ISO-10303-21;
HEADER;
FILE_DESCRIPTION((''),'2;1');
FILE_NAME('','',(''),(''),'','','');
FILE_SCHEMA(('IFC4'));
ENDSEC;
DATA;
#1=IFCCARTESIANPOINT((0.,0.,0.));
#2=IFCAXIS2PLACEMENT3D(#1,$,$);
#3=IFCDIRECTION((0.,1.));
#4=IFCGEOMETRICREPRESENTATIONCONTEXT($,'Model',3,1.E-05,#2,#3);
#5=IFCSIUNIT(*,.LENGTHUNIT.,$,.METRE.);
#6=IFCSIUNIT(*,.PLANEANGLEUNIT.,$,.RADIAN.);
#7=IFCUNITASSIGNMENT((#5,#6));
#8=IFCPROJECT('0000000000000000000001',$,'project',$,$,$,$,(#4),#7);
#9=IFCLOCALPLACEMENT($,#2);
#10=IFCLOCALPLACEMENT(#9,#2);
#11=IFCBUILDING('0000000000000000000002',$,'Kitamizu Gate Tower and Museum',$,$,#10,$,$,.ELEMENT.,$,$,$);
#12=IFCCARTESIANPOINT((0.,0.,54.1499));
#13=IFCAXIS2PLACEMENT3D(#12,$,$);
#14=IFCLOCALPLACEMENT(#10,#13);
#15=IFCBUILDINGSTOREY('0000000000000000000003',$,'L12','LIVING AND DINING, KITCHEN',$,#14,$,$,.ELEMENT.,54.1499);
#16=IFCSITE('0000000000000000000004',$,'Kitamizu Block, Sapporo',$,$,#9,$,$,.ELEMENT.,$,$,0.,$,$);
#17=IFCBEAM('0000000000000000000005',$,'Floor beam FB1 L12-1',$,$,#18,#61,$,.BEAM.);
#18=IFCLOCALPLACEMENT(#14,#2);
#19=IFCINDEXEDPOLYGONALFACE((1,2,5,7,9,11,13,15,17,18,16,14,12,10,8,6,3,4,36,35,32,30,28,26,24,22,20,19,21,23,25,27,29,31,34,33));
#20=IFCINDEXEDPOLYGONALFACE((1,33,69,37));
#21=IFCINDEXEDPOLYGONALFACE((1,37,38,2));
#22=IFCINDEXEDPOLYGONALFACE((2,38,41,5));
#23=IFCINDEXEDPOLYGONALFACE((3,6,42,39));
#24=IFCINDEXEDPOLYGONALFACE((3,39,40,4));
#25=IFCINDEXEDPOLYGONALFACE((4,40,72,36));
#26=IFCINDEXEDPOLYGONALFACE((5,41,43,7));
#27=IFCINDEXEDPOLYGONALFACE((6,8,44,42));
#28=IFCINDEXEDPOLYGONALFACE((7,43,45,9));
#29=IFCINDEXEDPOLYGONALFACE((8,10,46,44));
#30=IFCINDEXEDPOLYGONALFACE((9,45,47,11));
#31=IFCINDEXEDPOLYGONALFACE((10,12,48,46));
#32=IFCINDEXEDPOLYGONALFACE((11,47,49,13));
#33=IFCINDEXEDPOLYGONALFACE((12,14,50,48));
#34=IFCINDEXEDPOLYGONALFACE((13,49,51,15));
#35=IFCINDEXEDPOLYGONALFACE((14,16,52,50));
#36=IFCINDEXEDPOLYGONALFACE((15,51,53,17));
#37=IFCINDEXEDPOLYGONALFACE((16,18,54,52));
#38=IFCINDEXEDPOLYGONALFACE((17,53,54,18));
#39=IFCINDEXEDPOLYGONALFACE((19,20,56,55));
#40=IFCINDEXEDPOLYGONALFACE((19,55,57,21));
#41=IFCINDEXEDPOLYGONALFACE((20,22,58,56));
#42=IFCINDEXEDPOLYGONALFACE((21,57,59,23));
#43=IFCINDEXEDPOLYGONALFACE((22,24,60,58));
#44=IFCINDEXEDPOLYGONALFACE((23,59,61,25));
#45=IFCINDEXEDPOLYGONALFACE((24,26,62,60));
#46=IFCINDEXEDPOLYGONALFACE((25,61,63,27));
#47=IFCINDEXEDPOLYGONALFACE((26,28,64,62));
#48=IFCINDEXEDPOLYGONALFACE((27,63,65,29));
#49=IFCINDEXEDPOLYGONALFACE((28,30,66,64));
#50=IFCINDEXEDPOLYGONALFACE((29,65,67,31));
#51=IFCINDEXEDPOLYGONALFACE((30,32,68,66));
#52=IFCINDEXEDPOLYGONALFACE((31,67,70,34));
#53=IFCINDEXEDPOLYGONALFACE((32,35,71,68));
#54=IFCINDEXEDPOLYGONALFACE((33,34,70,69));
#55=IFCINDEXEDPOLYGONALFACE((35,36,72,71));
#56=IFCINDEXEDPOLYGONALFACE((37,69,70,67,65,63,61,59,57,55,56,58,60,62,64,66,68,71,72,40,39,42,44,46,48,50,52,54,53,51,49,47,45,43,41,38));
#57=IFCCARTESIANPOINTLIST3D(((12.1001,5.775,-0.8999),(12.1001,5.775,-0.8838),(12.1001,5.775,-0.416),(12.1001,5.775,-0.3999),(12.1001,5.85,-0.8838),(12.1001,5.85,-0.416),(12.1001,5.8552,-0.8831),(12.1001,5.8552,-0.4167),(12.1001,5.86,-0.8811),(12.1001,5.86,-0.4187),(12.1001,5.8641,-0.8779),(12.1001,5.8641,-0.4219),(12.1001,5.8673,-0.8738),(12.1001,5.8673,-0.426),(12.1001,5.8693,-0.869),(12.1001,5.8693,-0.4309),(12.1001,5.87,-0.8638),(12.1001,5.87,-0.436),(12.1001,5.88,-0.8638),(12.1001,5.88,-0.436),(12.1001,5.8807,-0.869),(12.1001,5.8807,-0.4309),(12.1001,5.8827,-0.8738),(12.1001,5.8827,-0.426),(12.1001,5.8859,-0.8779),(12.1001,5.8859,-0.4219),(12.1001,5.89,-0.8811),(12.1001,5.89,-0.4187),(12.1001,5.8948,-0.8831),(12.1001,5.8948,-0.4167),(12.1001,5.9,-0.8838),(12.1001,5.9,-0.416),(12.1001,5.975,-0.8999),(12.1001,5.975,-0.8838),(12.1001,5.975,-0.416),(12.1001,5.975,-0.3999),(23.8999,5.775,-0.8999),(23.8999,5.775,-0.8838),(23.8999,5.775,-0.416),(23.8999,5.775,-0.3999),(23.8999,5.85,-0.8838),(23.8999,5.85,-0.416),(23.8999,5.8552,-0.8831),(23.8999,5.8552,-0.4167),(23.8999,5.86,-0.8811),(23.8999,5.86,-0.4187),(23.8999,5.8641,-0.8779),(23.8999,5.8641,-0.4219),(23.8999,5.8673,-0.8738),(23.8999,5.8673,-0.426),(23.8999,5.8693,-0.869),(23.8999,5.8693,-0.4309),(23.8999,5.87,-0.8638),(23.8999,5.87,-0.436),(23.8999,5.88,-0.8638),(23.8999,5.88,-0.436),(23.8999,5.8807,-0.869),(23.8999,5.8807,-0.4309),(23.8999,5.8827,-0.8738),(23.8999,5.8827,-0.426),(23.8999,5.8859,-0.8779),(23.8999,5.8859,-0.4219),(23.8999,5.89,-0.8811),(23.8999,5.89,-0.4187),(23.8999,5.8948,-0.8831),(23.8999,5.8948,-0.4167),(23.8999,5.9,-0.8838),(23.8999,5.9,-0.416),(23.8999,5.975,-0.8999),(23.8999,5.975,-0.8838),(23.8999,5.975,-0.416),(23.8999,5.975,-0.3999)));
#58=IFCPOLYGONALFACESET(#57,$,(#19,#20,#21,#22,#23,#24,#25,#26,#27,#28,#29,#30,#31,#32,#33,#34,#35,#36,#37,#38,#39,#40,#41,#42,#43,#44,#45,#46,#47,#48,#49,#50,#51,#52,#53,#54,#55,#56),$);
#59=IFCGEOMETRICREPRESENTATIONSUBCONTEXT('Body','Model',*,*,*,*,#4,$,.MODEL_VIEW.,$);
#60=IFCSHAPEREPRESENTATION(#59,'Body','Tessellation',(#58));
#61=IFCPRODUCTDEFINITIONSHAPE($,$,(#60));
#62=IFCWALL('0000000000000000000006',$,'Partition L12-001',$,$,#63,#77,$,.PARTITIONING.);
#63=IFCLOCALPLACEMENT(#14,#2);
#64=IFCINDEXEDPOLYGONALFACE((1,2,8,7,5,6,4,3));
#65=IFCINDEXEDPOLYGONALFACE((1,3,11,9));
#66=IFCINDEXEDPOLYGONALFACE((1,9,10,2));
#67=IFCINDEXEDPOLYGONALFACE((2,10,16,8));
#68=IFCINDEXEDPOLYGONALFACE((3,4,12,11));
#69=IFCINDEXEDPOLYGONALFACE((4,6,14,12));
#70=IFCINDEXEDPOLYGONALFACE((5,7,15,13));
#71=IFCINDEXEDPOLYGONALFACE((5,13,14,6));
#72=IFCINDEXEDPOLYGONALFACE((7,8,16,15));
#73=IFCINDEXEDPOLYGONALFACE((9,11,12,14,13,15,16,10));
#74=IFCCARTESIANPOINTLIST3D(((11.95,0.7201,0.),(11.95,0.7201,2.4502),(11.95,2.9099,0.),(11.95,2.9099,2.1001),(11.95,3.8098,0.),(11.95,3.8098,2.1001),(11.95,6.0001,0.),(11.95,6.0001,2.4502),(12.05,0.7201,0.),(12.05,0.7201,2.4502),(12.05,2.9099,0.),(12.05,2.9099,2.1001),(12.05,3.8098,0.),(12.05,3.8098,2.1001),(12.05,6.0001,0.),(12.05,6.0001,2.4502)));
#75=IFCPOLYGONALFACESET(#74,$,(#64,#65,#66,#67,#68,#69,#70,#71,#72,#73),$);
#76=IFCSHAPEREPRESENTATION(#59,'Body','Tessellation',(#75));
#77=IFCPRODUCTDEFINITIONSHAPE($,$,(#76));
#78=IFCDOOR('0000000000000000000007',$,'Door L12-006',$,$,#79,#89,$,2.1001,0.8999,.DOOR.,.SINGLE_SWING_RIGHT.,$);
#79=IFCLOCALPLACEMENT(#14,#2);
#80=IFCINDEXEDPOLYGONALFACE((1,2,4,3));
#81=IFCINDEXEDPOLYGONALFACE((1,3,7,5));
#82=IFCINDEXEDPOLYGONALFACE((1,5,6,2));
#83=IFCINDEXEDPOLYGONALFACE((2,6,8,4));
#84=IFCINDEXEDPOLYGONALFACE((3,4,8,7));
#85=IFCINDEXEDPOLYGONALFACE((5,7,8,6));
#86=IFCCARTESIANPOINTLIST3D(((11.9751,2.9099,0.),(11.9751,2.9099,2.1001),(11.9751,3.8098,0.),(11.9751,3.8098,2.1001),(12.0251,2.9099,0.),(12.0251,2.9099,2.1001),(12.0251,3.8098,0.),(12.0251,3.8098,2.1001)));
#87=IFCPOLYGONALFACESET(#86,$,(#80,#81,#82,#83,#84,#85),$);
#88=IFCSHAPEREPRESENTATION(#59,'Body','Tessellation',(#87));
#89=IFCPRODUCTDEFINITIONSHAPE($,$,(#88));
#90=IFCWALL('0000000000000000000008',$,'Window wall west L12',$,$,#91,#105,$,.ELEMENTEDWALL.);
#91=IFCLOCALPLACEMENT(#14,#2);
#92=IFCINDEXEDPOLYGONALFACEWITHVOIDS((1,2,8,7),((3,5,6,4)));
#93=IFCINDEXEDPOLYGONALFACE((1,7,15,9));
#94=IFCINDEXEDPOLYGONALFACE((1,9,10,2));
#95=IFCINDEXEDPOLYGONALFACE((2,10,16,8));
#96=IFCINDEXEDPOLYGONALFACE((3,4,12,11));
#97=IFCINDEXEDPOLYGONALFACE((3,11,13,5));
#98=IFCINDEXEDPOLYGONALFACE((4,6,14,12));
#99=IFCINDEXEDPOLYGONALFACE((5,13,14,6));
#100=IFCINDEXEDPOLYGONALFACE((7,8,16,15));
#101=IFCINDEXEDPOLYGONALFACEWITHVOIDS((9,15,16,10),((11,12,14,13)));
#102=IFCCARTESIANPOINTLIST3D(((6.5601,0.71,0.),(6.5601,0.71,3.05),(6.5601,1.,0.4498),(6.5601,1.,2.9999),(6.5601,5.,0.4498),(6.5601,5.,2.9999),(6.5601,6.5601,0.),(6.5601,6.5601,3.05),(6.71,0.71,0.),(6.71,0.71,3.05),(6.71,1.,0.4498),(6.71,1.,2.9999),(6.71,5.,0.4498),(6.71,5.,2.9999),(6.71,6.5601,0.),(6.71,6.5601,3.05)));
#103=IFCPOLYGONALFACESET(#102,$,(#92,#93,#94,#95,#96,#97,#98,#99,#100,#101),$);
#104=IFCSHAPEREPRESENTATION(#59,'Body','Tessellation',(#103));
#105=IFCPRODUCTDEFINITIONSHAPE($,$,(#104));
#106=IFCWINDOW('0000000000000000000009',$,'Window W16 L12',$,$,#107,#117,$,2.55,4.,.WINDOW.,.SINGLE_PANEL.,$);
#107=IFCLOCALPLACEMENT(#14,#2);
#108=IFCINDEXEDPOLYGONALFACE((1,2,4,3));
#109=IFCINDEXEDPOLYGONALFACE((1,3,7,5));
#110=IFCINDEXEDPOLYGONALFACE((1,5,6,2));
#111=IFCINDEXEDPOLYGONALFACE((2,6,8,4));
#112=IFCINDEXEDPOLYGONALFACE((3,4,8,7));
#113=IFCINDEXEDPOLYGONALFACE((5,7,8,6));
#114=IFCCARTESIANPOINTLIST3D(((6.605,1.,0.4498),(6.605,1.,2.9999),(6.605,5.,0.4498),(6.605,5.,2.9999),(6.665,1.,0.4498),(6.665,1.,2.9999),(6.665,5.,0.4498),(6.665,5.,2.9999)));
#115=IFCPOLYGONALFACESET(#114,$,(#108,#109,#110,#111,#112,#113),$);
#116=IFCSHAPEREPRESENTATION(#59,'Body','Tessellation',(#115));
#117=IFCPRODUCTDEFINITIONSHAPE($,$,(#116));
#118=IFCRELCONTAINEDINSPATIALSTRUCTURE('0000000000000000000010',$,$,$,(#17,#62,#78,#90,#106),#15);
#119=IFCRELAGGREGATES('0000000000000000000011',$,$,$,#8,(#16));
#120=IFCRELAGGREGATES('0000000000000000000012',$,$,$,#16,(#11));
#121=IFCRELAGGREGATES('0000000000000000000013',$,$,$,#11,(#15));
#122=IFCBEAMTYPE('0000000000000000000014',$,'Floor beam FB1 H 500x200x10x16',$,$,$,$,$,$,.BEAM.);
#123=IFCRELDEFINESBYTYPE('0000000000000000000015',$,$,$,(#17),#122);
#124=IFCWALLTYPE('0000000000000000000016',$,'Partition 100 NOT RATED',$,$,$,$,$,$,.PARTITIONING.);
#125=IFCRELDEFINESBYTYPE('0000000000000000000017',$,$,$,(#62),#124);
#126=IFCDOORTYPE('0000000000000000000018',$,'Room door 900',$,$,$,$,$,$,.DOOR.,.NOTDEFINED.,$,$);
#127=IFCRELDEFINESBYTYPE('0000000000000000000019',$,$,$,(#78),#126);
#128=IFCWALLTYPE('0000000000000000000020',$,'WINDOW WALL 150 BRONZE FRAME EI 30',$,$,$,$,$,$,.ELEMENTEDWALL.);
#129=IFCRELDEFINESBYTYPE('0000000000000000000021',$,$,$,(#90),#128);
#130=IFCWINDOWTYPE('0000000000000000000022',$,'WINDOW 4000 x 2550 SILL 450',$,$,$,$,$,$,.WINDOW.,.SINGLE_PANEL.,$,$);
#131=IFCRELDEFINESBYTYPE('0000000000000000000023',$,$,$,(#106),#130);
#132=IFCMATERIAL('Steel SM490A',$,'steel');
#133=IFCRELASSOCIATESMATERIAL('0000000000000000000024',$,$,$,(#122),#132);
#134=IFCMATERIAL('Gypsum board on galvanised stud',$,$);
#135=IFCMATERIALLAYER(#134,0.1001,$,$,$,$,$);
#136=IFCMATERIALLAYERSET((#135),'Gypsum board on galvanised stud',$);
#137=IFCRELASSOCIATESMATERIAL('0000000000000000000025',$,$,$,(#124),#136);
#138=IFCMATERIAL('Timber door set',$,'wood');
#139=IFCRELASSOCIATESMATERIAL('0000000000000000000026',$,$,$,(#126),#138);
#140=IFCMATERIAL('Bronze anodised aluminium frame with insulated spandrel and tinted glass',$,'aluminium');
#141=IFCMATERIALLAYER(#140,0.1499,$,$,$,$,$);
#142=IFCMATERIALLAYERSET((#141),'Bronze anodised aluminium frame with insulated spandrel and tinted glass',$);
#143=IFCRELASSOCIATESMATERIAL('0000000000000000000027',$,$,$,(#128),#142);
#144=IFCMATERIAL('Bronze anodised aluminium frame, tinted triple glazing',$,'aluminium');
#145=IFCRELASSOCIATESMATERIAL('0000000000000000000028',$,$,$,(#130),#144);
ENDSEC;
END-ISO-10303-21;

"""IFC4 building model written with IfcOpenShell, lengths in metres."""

from ifc_helpers import new_model, si_unit, direction, frame, frame_2d, origin, origin_2d, place, context, subcontext, project, spatial, rectangle, i_section, extrude, material, layer, layer_set, material_profile, profile_set, type_object, element, fill, save


model = new_model("IFC4")

# Units and contexts
model_context = context("Model", 3, precision=1e-05, world=origin(), true_north=direction((0.0, 1.0)))
body_context = subcontext(model_context, "Body", "Model", "MODEL_VIEW")
ifc_project = project(units=[si_unit("LENGTHUNIT", "METRE"), si_unit("PLANEANGLEUNIT", "RADIAN")], contexts=[model_context])

# Site, building, storey
site_placement = place(None, origin())
site = spatial("IfcSite", under=ifc_project, at=site_placement, Name="Kitamizu Block, Sapporo", CompositionType="ELEMENT", RefElevation=0.0)
building_placement = place(site_placement, origin())
building = spatial("IfcBuilding", under=site, at=building_placement, Name="Kitamizu Gate Tower and Museum", CompositionType="ELEMENT")
storey_placement = place(building_placement, frame((0.0, 0.0, 54.1499)))
storey = spatial("IfcBuildingStorey", under=building, at=storey_placement, Name="L12", Description="LIVING AND DINING, KITCHEN", CompositionType="ELEMENT", Elevation=54.1499)

# Beam
ifc_material_1 = material(Name="Steel SM490A", Category="steel")
ifc_material_profile = material_profile(ifc_material_1, i_section(OverallWidth=0.2, OverallDepth=0.5, WebThickness=0.01, FlangeThickness=0.0161, FilletRadius=0.02, at=origin_2d()), Name="H-500x200x10x16")
ifc_profile_set = profile_set([ifc_material_profile], Name="Steel SM490A")
beam_type = type_object("IfcBeamType", Name="Floor beam FB1 H 500x200x10x16", PredefinedType="BEAM", material=ifc_profile_set)
beam_placement = place(storey_placement, frame((12.1001, 5.875, -0.6499), z_axis=(1.0, 0.0, 0.0), x_axis=(0.0, 1.0, 0.0)))
element("IfcBeam", 1, at=beam_placement, inside=storey, type_object=beam_type, Name="Floor beam FB1 L12-1", PredefinedType="BEAM", context=body_context, shape_type="SweptSolid", body=[
    extrude(i_section(OverallWidth=0.2, OverallDepth=0.5, WebThickness=0.01, FlangeThickness=0.0161, FilletRadius=0.02, at=origin_2d()), origin(), (0.0, 0.0, 1.0), 11.7998),
])

# Wall, opening, door
ifc_material_2 = material(Name="Gypsum board on galvanised stud")
ifc_layer_1 = layer(ifc_material_2, 0.1001)
ifc_layer_set_1 = layer_set([ifc_layer_1], Name="Gypsum board on galvanised stud")
wall_type_1 = type_object("IfcWallType", Name="Partition 100 NOT RATED", PredefinedType="PARTITIONING", material=ifc_layer_set_1)
wall_1_placement = place(storey_placement, frame((12.0, 0.72, 0.0), z_axis=(0.0, 0.0, 1.0), x_axis=(0.0, 1.0, 0.0)))
wall_1 = element("IfcWall", 2, at=wall_1_placement, inside=storey, type_object=wall_type_1, Name="Partition L12-001", PredefinedType="PARTITIONING", context=body_context, shape_type="SweptSolid", body=[
    extrude(rectangle(XDim=5.28, YDim=0.1001, at=frame_2d((2.6401, 0.0))), origin(), (0.0, 0.0, 1.0), 2.4502),
])
opening_1_placement = place(wall_1_placement, frame((2.1899, 0.0, 0.0)))
opening_1 = element("IfcOpeningElement", 3, at=opening_1_placement, cuts=wall_1, PredefinedType="OPENING", context=body_context, shape_type="SweptSolid", body=[
    extrude(rectangle(XDim=0.8999, YDim=2.1001, at=frame_2d((0.45, 1.05))), frame((0.0, 0.0601, 0.0), z_axis=(0.0, -1.0, 0.0), x_axis=(1.0, 0.0, 0.0)), (0.0, 0.0, 1.0), 0.1201),
])
ifc_material_3 = material(Name="Timber door set", Category="wood")
door_type = type_object("IfcDoorType", Name="Room door 900", OperationType="NOTDEFINED", PredefinedType="DOOR", material=ifc_material_3)
door_placement = place(opening_1_placement, origin())
door = element("IfcDoor", 4, at=door_placement, inside=storey, type_object=door_type, Name="Door L12-006", OperationType="SINGLE_SWING_RIGHT", OverallHeight=2.1001, OverallWidth=0.8999, PredefinedType="DOOR", context=body_context, shape_type="SweptSolid", body=[
    extrude(rectangle(XDim=0.8999, YDim=2.1001, at=frame_2d((0.45, 1.05))), frame((0.0, 0.0249, 0.0), z_axis=(0.0, -1.0, 0.0), x_axis=(1.0, 0.0, 0.0)), (0.0, 0.0, 1.0), 0.05),
])
fill(opening_1, door)

# Wall, opening, window
ifc_material_4 = material(Name="Bronze anodised aluminium frame with insulated spandrel and tinted glass", Category="aluminium")
ifc_layer_2 = layer(ifc_material_4, 0.1499)
ifc_layer_set_2 = layer_set([ifc_layer_2], Name="Bronze anodised aluminium frame with insulated spandrel and tinted glass")
wall_type_2 = type_object("IfcWallType", Name="WINDOW WALL 150 BRONZE FRAME EI 30", PredefinedType="ELEMENTEDWALL", material=ifc_layer_set_2)
wall_2_placement = place(storey_placement, frame((6.635, 0.71, 0.0), z_axis=(0.0, 0.0, 1.0), x_axis=(0.0, 1.0, 0.0)))
wall_2 = element("IfcWall", 5, at=wall_2_placement, inside=storey, type_object=wall_type_2, Name="Window wall west L12", PredefinedType="ELEMENTEDWALL", context=body_context, shape_type="SweptSolid", body=[
    extrude(rectangle(XDim=5.8501, YDim=0.1499, at=frame_2d((2.925, 0.0))), origin(), (0.0, 0.0, 1.0), 3.05),
])
opening_2_placement = place(wall_2_placement, frame((0.29, 0.0, 0.45)))
opening_2 = element("IfcOpeningElement", 6, at=opening_2_placement, cuts=wall_2, PredefinedType="OPENING", context=body_context, shape_type="SweptSolid", body=[
    extrude(rectangle(XDim=4.0, YDim=2.55, at=frame_2d((2.0, 1.2749))), frame((0.0, 0.085, 0.0), z_axis=(0.0, -1.0, 0.0), x_axis=(1.0, 0.0, 0.0)), (0.0, 0.0, 1.0), 0.1699),
])
ifc_material_5 = material(Name="Bronze anodised aluminium frame, tinted triple glazing", Category="aluminium")
window_type = type_object("IfcWindowType", Name="WINDOW 4000 x 2550 SILL 450", PartitioningType="SINGLE_PANEL", PredefinedType="WINDOW", material=ifc_material_5)
window_placement = place(opening_2_placement, origin())
window = element("IfcWindow", 7, at=window_placement, inside=storey, type_object=window_type, Name="Window W16 L12", OverallHeight=2.55, OverallWidth=4.0, PartitioningType="SINGLE_PANEL", PredefinedType="WINDOW", context=body_context, shape_type="SweptSolid", body=[
    extrude(rectangle(XDim=4.0, YDim=2.55, at=frame_2d((2.0, 1.2749))), frame((0.0, 0.03, 0.0), z_axis=(0.0, -1.0, 0.0), x_axis=(1.0, 0.0, 0.0)), (0.0, 0.0, 1.0), 0.0601),
])
fill(opening_2, window)

save(model, "model.ifc")
